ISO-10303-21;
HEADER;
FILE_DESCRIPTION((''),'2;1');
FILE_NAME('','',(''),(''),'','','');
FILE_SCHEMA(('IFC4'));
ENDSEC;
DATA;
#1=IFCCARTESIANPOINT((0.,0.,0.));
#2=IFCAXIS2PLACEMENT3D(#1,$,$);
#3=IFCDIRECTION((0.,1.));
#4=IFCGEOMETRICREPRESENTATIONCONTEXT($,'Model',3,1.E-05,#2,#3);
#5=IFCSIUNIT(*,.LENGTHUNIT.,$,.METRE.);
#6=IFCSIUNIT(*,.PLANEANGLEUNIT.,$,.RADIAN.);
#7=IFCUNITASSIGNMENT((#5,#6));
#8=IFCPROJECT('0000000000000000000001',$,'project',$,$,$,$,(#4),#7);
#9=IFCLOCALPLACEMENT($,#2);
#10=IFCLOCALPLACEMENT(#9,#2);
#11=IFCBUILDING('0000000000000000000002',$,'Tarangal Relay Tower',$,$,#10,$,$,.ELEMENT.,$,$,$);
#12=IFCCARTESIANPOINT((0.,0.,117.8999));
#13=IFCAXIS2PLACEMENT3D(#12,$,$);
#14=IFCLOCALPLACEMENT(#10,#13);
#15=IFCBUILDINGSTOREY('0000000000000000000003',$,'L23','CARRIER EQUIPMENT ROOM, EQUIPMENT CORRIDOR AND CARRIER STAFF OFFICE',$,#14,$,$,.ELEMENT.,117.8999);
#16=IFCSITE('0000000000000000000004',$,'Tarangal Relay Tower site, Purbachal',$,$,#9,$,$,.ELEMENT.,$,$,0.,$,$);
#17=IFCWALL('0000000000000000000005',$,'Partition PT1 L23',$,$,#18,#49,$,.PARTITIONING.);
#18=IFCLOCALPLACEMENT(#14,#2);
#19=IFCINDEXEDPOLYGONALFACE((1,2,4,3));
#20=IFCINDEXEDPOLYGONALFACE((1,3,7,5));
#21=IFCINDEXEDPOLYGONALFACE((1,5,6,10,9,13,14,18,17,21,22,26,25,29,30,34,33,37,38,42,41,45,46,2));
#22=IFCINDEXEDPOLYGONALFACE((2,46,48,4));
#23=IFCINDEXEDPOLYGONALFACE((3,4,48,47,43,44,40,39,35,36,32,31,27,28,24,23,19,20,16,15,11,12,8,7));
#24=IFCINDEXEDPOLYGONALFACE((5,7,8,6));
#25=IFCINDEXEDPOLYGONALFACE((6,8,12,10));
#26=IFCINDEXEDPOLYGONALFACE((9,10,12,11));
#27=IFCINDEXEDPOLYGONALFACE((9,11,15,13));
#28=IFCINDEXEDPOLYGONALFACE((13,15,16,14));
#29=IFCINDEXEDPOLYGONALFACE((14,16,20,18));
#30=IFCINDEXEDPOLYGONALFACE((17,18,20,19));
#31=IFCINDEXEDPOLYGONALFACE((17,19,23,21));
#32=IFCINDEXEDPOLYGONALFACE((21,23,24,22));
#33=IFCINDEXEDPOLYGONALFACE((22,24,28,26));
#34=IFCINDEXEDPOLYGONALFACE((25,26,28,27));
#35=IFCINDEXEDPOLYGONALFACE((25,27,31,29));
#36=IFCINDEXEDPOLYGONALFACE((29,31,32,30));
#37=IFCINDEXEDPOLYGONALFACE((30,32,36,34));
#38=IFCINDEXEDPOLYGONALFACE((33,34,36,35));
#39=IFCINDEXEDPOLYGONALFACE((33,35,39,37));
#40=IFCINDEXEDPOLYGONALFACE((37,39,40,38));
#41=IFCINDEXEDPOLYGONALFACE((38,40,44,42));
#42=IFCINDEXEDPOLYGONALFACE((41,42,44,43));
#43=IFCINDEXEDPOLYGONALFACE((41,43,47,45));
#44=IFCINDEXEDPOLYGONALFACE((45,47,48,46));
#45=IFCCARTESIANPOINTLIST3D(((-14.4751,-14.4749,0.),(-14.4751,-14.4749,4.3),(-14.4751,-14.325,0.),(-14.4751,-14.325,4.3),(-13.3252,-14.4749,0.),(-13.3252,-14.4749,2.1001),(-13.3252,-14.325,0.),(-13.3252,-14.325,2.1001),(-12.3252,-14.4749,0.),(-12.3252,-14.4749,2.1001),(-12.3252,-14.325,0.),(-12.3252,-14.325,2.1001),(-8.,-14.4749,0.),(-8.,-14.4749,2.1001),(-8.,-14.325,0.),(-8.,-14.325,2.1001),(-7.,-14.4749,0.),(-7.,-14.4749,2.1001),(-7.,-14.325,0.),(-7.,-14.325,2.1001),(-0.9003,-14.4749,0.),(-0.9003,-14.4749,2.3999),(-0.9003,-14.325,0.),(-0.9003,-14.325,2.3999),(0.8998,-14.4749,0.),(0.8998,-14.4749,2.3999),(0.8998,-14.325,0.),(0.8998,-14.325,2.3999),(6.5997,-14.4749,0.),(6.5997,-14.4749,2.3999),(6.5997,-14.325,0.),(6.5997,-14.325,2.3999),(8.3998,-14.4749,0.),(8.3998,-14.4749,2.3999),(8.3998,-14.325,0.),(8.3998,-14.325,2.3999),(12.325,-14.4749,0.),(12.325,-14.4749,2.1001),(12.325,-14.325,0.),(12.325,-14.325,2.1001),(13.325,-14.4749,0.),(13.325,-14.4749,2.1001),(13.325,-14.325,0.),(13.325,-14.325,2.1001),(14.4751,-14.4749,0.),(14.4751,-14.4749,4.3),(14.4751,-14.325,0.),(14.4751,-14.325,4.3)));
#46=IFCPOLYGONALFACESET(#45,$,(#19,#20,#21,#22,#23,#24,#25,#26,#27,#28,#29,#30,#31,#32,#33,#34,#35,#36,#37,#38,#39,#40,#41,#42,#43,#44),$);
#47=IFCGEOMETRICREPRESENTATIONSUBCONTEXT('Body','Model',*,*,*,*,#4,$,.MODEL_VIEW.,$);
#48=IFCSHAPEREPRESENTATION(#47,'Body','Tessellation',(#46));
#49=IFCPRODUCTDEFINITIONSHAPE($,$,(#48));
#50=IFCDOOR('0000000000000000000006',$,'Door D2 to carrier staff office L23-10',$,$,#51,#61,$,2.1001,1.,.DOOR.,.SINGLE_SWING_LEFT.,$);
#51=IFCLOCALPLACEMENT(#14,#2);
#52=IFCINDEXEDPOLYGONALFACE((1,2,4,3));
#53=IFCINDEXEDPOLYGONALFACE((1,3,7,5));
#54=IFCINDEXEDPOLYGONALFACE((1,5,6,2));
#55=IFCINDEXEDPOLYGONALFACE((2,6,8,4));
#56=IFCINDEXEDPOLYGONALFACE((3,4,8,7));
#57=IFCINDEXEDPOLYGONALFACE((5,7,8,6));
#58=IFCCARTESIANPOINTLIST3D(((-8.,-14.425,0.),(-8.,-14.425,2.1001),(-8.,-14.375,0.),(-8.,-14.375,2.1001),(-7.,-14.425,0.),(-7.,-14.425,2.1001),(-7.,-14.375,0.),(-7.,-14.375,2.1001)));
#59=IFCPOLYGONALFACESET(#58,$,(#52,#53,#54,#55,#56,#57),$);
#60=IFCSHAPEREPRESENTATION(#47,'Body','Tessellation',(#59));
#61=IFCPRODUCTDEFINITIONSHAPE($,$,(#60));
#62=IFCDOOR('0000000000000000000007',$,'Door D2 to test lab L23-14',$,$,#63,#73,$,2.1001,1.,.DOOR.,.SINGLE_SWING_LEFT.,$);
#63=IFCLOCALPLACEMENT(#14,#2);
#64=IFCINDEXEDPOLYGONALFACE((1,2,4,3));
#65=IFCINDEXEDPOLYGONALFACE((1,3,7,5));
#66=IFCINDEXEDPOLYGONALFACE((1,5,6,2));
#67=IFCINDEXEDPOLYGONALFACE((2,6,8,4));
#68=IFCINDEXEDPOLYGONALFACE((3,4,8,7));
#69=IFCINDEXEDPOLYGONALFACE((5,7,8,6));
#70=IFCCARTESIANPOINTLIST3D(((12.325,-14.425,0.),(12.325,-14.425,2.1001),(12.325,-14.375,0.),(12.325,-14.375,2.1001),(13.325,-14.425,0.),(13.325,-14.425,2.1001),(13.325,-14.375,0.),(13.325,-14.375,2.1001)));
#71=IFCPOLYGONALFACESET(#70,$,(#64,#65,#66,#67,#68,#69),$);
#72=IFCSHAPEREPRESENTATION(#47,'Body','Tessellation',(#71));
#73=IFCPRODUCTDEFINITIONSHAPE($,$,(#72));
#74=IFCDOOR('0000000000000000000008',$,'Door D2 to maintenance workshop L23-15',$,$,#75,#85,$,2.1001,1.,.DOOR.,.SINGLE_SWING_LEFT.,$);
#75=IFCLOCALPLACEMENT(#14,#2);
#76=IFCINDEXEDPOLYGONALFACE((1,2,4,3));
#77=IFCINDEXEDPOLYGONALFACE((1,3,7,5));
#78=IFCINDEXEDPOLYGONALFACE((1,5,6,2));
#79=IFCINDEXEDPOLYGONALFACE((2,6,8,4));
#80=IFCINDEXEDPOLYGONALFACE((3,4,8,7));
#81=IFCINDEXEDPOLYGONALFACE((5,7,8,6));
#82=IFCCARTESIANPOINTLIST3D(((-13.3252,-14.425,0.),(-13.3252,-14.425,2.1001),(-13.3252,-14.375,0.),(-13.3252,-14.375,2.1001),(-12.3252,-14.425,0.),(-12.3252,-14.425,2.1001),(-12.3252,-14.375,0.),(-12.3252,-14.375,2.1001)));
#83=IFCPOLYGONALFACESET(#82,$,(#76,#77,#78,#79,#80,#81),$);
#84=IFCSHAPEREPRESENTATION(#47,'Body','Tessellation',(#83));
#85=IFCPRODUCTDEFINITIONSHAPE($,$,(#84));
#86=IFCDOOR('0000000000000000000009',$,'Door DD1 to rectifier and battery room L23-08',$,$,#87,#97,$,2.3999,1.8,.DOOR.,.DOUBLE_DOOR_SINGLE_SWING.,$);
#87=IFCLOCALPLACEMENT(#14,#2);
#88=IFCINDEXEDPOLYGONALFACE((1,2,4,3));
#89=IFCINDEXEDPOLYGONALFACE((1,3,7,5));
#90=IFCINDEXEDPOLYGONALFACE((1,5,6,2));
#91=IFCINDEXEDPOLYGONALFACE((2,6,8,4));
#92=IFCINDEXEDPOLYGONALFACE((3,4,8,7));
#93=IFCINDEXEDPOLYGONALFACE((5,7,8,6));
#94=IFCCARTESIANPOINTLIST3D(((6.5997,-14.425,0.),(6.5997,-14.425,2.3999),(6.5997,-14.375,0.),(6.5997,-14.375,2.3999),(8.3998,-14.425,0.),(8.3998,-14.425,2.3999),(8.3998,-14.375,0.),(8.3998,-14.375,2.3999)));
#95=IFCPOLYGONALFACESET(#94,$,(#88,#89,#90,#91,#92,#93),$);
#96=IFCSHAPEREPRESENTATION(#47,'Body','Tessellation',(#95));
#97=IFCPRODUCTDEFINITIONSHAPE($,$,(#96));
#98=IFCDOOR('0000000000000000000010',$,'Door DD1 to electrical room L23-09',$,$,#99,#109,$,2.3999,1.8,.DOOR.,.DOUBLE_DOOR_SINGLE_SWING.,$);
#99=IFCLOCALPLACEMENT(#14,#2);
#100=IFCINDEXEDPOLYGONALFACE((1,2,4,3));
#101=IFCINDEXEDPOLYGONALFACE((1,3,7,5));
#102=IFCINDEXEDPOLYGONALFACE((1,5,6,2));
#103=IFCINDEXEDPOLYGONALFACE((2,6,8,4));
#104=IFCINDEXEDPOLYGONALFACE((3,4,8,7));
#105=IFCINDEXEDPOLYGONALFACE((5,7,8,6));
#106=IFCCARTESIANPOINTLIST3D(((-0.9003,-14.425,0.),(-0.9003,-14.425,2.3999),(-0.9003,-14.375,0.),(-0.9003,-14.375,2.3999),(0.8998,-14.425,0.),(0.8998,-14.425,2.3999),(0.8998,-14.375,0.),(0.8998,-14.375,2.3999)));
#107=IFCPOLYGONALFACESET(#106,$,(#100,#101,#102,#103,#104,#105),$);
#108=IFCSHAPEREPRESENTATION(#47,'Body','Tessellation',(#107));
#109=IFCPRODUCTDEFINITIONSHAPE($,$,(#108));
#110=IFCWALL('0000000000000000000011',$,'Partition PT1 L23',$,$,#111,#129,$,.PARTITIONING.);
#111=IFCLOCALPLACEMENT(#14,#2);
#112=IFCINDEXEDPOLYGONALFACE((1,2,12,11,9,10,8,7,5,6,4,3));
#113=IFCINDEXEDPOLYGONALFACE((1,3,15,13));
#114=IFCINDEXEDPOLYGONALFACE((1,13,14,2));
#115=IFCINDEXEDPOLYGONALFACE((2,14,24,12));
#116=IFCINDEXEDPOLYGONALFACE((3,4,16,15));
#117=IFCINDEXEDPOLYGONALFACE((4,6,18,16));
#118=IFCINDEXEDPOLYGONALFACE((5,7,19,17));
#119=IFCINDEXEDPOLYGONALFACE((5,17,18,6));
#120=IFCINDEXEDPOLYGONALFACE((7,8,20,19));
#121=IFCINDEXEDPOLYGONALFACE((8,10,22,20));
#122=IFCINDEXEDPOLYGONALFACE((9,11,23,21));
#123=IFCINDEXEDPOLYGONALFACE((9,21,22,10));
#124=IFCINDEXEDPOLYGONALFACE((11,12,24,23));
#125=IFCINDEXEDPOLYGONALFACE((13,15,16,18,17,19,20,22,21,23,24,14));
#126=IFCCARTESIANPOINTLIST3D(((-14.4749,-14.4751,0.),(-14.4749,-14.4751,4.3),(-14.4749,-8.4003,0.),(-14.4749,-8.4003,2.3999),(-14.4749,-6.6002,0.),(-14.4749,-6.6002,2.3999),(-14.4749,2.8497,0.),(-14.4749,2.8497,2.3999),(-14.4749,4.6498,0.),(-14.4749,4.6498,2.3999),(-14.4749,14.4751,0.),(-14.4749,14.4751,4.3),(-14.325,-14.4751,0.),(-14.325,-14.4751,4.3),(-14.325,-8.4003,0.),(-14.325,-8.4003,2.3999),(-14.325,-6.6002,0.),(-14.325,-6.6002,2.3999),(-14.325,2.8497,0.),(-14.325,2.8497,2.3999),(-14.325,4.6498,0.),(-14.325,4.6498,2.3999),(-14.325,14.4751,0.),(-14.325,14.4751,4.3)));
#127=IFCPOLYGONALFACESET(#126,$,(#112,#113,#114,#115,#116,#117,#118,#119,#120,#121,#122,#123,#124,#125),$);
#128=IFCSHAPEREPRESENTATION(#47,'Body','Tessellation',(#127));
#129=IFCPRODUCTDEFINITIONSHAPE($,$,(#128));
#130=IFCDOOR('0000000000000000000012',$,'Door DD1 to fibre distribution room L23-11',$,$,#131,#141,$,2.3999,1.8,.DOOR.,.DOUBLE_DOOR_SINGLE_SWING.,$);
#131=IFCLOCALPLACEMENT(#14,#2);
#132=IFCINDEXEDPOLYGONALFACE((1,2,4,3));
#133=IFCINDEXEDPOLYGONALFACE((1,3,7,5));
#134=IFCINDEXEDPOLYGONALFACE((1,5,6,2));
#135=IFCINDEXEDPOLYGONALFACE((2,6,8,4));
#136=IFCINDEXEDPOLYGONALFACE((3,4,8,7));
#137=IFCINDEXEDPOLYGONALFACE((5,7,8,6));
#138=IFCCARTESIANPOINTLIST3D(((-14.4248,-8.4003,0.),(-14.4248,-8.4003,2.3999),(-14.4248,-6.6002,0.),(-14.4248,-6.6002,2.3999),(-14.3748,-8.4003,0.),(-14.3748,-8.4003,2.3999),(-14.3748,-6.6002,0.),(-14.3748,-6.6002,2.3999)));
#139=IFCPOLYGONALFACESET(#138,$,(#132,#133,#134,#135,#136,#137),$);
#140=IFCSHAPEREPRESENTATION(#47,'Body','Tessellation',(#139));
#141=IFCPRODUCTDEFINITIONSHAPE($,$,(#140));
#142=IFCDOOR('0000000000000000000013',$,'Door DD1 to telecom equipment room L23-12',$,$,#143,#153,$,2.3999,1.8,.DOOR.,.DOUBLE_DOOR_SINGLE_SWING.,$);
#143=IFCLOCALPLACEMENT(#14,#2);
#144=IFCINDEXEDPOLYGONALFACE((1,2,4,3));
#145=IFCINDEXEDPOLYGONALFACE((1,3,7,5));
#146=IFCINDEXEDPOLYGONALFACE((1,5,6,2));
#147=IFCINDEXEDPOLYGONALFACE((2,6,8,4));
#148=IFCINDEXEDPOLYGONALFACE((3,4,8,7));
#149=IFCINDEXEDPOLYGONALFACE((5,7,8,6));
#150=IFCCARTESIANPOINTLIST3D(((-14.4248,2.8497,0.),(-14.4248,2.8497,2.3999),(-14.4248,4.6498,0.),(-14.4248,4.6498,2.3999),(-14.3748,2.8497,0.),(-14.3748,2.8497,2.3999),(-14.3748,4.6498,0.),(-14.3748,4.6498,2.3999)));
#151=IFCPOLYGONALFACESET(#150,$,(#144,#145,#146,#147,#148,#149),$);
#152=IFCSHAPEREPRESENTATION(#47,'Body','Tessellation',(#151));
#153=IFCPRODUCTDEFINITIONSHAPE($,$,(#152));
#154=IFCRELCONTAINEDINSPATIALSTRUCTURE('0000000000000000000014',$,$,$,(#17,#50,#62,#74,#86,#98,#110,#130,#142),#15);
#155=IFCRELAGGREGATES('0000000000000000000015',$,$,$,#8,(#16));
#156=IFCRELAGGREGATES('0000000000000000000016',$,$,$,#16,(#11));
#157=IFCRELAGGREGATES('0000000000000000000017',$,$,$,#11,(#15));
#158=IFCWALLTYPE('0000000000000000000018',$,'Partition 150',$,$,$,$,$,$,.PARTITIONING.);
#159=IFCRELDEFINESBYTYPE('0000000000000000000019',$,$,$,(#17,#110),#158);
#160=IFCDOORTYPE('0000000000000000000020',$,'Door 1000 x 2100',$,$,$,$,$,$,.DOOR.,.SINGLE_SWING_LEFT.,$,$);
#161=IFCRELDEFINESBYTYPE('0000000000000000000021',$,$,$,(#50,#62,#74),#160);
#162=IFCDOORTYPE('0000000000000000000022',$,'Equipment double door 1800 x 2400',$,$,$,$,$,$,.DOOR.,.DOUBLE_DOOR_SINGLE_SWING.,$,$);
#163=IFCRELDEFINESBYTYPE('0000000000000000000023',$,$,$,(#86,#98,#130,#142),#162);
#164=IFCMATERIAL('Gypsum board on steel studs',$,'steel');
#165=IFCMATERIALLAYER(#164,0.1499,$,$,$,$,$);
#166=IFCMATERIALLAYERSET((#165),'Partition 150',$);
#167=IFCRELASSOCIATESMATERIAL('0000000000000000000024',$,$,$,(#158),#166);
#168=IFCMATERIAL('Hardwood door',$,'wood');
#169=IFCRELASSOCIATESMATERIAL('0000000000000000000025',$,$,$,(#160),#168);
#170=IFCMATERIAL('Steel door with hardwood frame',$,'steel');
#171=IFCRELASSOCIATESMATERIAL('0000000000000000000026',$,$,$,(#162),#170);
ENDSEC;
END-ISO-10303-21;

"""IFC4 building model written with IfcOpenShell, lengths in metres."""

from ifc_helpers import new_model, si_unit, direction, frame, frame_2d, origin, place, context, subcontext, project, spatial, rectangle, extrude, material, layer, layer_set, type_object, element, fill, save


model = new_model("IFC4")

# Units and contexts
model_context = context("Model", 3, precision=1e-05, world=origin(), true_north=direction((0.0, 1.0)))
body_context = subcontext(model_context, "Body", "Model", "MODEL_VIEW")
ifc_project = project(units=[si_unit("LENGTHUNIT", "METRE"), si_unit("PLANEANGLEUNIT", "RADIAN")], contexts=[model_context])

# Site, building, storey
site_placement = place(None, origin())
site = spatial("IfcSite", under=ifc_project, at=site_placement, Name="Tarangal Relay Tower site, Purbachal", CompositionType="ELEMENT", RefElevation=0.0)
building_placement = place(site_placement, origin())
building = spatial("IfcBuilding", under=site, at=building_placement, Name="Tarangal Relay Tower", CompositionType="ELEMENT")
storey_placement = place(building_placement, frame((0.0, 0.0, 117.8999)))
storey = spatial("IfcBuildingStorey", under=building, at=storey_placement, Name="L23", Description="CARRIER EQUIPMENT ROOM, EQUIPMENT CORRIDOR AND CARRIER STAFF OFFICE", CompositionType="ELEMENT", Elevation=117.8999)

# Walls, openings, doors
ifc_material_1 = material(Name="Gypsum board on steel studs", Category="steel")
ifc_layer_1 = layer(ifc_material_1, 0.1499)
ifc_layer_set_1 = layer_set([ifc_layer_1], Name="Partition 150")
wall_type_1 = type_object("IfcWallType", Name="Partition 150", PredefinedType="PARTITIONING", material=ifc_layer_set_1)
wall_1_placement = place(storey_placement, frame((-14.4751, -14.3999, 0.0), z_axis=(0.0, 0.0, 1.0), x_axis=(1.0, 0.0, 0.0)))
wall_1 = element("IfcWall", 1, at=wall_1_placement, inside=storey, type_object=wall_type_1, Name="Partition PT1 L23", PredefinedType="PARTITIONING", context=body_context, shape_type="SweptSolid", body=[
    extrude(rectangle(XDim=28.9502, YDim=0.1499, at=frame_2d((14.4751, 0.0))), origin(), (0.0, 0.0, 1.0), 4.3),
])
opening_1_placement = place(wall_1_placement, frame((21.075, 0.0, 0.0)))
opening_1 = element("IfcOpeningElement", 2, at=opening_1_placement, cuts=wall_1, PredefinedType="OPENING", context=body_context, shape_type="SweptSolid", body=[
    extrude(rectangle(XDim=1.8, YDim=2.3999, at=frame_2d((0.8999, 1.2))), frame((0.0, 0.085, 0.0), z_axis=(0.0, -1.0, 0.0), x_axis=(1.0, 0.0, 0.0)), (0.0, 0.0, 1.0), 0.1699),
])
opening_2_placement = place(wall_1_placement, frame((13.575, 0.0, 0.0)))
opening_2 = element("IfcOpeningElement", 3, at=opening_2_placement, cuts=wall_1, PredefinedType="OPENING", context=body_context, shape_type="SweptSolid", body=[
    extrude(rectangle(XDim=1.8, YDim=2.3999, at=frame_2d((0.8999, 1.2))), frame((0.0, 0.085, 0.0), z_axis=(0.0, -1.0, 0.0), x_axis=(1.0, 0.0, 0.0)), (0.0, 0.0, 1.0), 0.1699),
])
opening_3_placement = place(wall_1_placement, frame((6.4751, 0.0, 0.0)))
opening_3 = element("IfcOpeningElement", 4, at=opening_3_placement, cuts=wall_1, PredefinedType="OPENING", context=body_context, shape_type="SweptSolid", body=[
    extrude(rectangle(XDim=1.0, YDim=2.1001, at=frame_2d((0.5, 1.05))), frame((0.0, 0.085, 0.0), z_axis=(0.0, -1.0, 0.0), x_axis=(1.0, 0.0, 0.0)), (0.0, 0.0, 1.0), 0.1699),
])
opening_4_placement = place(wall_1_placement, frame((26.8, 0.0, 0.0)))
opening_4 = element("IfcOpeningElement", 5, at=opening_4_placement, cuts=wall_1, PredefinedType="OPENING", context=body_context, shape_type="SweptSolid", body=[
    extrude(rectangle(XDim=1.0, YDim=2.1001, at=frame_2d((0.5, 1.05))), frame((0.0, 0.085, 0.0), z_axis=(0.0, -1.0, 0.0), x_axis=(1.0, 0.0, 0.0)), (0.0, 0.0, 1.0), 0.1699),
])
opening_5_placement = place(wall_1_placement, frame((1.1499, 0.0, 0.0)))
opening_5 = element("IfcOpeningElement", 6, at=opening_5_placement, cuts=wall_1, PredefinedType="OPENING", context=body_context, shape_type="SweptSolid", body=[
    extrude(rectangle(XDim=1.0, YDim=2.1001, at=frame_2d((0.5, 1.05))), frame((0.0, 0.085, 0.0), z_axis=(0.0, -1.0, 0.0), x_axis=(1.0, 0.0, 0.0)), (0.0, 0.0, 1.0), 0.1699),
])
ifc_material_2 = material(Name="Hardwood door", Category="wood")
door_type_1 = type_object("IfcDoorType", Name="Door 1000 x 2100", OperationType="SINGLE_SWING_LEFT", PredefinedType="DOOR", material=ifc_material_2)
door_1_placement = place(opening_3_placement, origin())
door_1 = element("IfcDoor", 7, at=door_1_placement, inside=storey, type_object=door_type_1, Name="Door D2 to carrier staff office L23-10", OperationType="SINGLE_SWING_LEFT", OverallHeight=2.1001, OverallWidth=1.0, PredefinedType="DOOR", context=body_context, shape_type="SweptSolid", body=[
    extrude(rectangle(XDim=1.0, YDim=2.1001, at=frame_2d((0.5, 1.05))), frame((0.0, 0.0249, 0.0), z_axis=(0.0, -1.0, 0.0), x_axis=(1.0, 0.0, 0.0)), (0.0, 0.0, 1.0), 0.05),
])
fill(opening_3, door_1)
door_2_placement = place(opening_4_placement, origin())
door_2 = element("IfcDoor", 8, at=door_2_placement, inside=storey, type_object=door_type_1, Name="Door D2 to test lab L23-14", OperationType="SINGLE_SWING_LEFT", OverallHeight=2.1001, OverallWidth=1.0, PredefinedType="DOOR", context=body_context, shape_type="SweptSolid", body=[
    extrude(rectangle(XDim=1.0, YDim=2.1001, at=frame_2d((0.5, 1.05))), frame((0.0, 0.0249, 0.0), z_axis=(0.0, -1.0, 0.0), x_axis=(1.0, 0.0, 0.0)), (0.0, 0.0, 1.0), 0.05),
])
fill(opening_4, door_2)
door_3_placement = place(opening_5_placement, origin())
door_3 = element("IfcDoor", 9, at=door_3_placement, inside=storey, type_object=door_type_1, Name="Door D2 to maintenance workshop L23-15", OperationType="SINGLE_SWING_LEFT", OverallHeight=2.1001, OverallWidth=1.0, PredefinedType="DOOR", context=body_context, shape_type="SweptSolid", body=[
    extrude(rectangle(XDim=1.0, YDim=2.1001, at=frame_2d((0.5, 1.05))), frame((0.0, 0.0249, 0.0), z_axis=(0.0, -1.0, 0.0), x_axis=(1.0, 0.0, 0.0)), (0.0, 0.0, 1.0), 0.05),
])
fill(opening_5, door_3)
ifc_material_3 = material(Name="Steel door with hardwood frame", Category="steel")
door_type_2 = type_object("IfcDoorType", Name="Equipment double door 1800 x 2400", OperationType="DOUBLE_DOOR_SINGLE_SWING", PredefinedType="DOOR", material=ifc_material_3)
door_4_placement = place(opening_1_placement, origin())
door_4 = element("IfcDoor", 10, at=door_4_placement, inside=storey, type_object=door_type_2, Name="Door DD1 to rectifier and battery room L23-08", OperationType="DOUBLE_DOOR_SINGLE_SWING", OverallHeight=2.3999, OverallWidth=1.8, PredefinedType="DOOR", context=body_context, shape_type="SweptSolid", body=[
    extrude(rectangle(XDim=1.8, YDim=2.3999, at=frame_2d((0.8999, 1.2))), frame((0.0, 0.0249, 0.0), z_axis=(0.0, -1.0, 0.0), x_axis=(1.0, 0.0, 0.0)), (0.0, 0.0, 1.0), 0.05),
])
fill(opening_1, door_4)
door_5_placement = place(opening_2_placement, origin())
door_5 = element("IfcDoor", 11, at=door_5_placement, inside=storey, type_object=door_type_2, Name="Door DD1 to electrical room L23-09", OperationType="DOUBLE_DOOR_SINGLE_SWING", OverallHeight=2.3999, OverallWidth=1.8, PredefinedType="DOOR", context=body_context, shape_type="SweptSolid", body=[
    extrude(rectangle(XDim=1.8, YDim=2.3999, at=frame_2d((0.8999, 1.2))), frame((0.0, 0.0249, 0.0), z_axis=(0.0, -1.0, 0.0), x_axis=(1.0, 0.0, 0.0)), (0.0, 0.0, 1.0), 0.05),
])
fill(opening_2, door_5)
wall_2_placement = place(storey_placement, frame((-14.3999, -14.4751, 0.0), z_axis=(0.0, 0.0, 1.0), x_axis=(0.0, 1.0, 0.0)))
wall_2 = element("IfcWall", 12, at=wall_2_placement, inside=storey, type_object=wall_type_1, Name="Partition PT1 L23", PredefinedType="PARTITIONING", context=body_context, shape_type="SweptSolid", body=[
    extrude(rectangle(XDim=28.9502, YDim=0.1499, at=frame_2d((14.4751, 0.0))), origin(), (0.0, 0.0, 1.0), 4.3),
])
opening_6_placement = place(wall_2_placement, frame((6.075, 0.0, 0.0)))
opening_6 = element("IfcOpeningElement", 13, at=opening_6_placement, cuts=wall_2, PredefinedType="OPENING", context=body_context, shape_type="SweptSolid", body=[
    extrude(rectangle(XDim=1.8, YDim=2.3999, at=frame_2d((0.8999, 1.2))), frame((0.0, 0.085, 0.0), z_axis=(0.0, -1.0, 0.0), x_axis=(1.0, 0.0, 0.0)), (0.0, 0.0, 1.0), 0.1699),
])
opening_7_placement = place(wall_2_placement, frame((17.325, 0.0, 0.0)))
opening_7 = element("IfcOpeningElement", 14, at=opening_7_placement, cuts=wall_2, PredefinedType="OPENING", context=body_context, shape_type="SweptSolid", body=[
    extrude(rectangle(XDim=1.8, YDim=2.3999, at=frame_2d((0.8999, 1.2))), frame((0.0, 0.085, 0.0), z_axis=(0.0, -1.0, 0.0), x_axis=(1.0, 0.0, 0.0)), (0.0, 0.0, 1.0), 0.1699),
])
door_6_placement = place(opening_6_placement, origin())
door_6 = element("IfcDoor", 15, at=door_6_placement, inside=storey, type_object=door_type_2, Name="Door DD1 to fibre distribution room L23-11", OperationType="DOUBLE_DOOR_SINGLE_SWING", OverallHeight=2.3999, OverallWidth=1.8, PredefinedType="DOOR", context=body_context, shape_type="SweptSolid", body=[
    extrude(rectangle(XDim=1.8, YDim=2.3999, at=frame_2d((0.8999, 1.2))), frame((0.0, 0.0249, 0.0), z_axis=(0.0, -1.0, 0.0), x_axis=(1.0, 0.0, 0.0)), (0.0, 0.0, 1.0), 0.05),
])
fill(opening_6, door_6)
door_7_placement = place(opening_7_placement, origin())
door_7 = element("IfcDoor", 16, at=door_7_placement, inside=storey, type_object=door_type_2, Name="Door DD1 to telecom equipment room L23-12", OperationType="DOUBLE_DOOR_SINGLE_SWING", OverallHeight=2.3999, OverallWidth=1.8, PredefinedType="DOOR", context=body_context, shape_type="SweptSolid", body=[
    extrude(rectangle(XDim=1.8, YDim=2.3999, at=frame_2d((0.8999, 1.2))), frame((0.0, 0.0249, 0.0), z_axis=(0.0, -1.0, 0.0), x_axis=(1.0, 0.0, 0.0)), (0.0, 0.0, 1.0), 0.05),
])
fill(opening_7, door_7)

save(model, "model.ifc")
